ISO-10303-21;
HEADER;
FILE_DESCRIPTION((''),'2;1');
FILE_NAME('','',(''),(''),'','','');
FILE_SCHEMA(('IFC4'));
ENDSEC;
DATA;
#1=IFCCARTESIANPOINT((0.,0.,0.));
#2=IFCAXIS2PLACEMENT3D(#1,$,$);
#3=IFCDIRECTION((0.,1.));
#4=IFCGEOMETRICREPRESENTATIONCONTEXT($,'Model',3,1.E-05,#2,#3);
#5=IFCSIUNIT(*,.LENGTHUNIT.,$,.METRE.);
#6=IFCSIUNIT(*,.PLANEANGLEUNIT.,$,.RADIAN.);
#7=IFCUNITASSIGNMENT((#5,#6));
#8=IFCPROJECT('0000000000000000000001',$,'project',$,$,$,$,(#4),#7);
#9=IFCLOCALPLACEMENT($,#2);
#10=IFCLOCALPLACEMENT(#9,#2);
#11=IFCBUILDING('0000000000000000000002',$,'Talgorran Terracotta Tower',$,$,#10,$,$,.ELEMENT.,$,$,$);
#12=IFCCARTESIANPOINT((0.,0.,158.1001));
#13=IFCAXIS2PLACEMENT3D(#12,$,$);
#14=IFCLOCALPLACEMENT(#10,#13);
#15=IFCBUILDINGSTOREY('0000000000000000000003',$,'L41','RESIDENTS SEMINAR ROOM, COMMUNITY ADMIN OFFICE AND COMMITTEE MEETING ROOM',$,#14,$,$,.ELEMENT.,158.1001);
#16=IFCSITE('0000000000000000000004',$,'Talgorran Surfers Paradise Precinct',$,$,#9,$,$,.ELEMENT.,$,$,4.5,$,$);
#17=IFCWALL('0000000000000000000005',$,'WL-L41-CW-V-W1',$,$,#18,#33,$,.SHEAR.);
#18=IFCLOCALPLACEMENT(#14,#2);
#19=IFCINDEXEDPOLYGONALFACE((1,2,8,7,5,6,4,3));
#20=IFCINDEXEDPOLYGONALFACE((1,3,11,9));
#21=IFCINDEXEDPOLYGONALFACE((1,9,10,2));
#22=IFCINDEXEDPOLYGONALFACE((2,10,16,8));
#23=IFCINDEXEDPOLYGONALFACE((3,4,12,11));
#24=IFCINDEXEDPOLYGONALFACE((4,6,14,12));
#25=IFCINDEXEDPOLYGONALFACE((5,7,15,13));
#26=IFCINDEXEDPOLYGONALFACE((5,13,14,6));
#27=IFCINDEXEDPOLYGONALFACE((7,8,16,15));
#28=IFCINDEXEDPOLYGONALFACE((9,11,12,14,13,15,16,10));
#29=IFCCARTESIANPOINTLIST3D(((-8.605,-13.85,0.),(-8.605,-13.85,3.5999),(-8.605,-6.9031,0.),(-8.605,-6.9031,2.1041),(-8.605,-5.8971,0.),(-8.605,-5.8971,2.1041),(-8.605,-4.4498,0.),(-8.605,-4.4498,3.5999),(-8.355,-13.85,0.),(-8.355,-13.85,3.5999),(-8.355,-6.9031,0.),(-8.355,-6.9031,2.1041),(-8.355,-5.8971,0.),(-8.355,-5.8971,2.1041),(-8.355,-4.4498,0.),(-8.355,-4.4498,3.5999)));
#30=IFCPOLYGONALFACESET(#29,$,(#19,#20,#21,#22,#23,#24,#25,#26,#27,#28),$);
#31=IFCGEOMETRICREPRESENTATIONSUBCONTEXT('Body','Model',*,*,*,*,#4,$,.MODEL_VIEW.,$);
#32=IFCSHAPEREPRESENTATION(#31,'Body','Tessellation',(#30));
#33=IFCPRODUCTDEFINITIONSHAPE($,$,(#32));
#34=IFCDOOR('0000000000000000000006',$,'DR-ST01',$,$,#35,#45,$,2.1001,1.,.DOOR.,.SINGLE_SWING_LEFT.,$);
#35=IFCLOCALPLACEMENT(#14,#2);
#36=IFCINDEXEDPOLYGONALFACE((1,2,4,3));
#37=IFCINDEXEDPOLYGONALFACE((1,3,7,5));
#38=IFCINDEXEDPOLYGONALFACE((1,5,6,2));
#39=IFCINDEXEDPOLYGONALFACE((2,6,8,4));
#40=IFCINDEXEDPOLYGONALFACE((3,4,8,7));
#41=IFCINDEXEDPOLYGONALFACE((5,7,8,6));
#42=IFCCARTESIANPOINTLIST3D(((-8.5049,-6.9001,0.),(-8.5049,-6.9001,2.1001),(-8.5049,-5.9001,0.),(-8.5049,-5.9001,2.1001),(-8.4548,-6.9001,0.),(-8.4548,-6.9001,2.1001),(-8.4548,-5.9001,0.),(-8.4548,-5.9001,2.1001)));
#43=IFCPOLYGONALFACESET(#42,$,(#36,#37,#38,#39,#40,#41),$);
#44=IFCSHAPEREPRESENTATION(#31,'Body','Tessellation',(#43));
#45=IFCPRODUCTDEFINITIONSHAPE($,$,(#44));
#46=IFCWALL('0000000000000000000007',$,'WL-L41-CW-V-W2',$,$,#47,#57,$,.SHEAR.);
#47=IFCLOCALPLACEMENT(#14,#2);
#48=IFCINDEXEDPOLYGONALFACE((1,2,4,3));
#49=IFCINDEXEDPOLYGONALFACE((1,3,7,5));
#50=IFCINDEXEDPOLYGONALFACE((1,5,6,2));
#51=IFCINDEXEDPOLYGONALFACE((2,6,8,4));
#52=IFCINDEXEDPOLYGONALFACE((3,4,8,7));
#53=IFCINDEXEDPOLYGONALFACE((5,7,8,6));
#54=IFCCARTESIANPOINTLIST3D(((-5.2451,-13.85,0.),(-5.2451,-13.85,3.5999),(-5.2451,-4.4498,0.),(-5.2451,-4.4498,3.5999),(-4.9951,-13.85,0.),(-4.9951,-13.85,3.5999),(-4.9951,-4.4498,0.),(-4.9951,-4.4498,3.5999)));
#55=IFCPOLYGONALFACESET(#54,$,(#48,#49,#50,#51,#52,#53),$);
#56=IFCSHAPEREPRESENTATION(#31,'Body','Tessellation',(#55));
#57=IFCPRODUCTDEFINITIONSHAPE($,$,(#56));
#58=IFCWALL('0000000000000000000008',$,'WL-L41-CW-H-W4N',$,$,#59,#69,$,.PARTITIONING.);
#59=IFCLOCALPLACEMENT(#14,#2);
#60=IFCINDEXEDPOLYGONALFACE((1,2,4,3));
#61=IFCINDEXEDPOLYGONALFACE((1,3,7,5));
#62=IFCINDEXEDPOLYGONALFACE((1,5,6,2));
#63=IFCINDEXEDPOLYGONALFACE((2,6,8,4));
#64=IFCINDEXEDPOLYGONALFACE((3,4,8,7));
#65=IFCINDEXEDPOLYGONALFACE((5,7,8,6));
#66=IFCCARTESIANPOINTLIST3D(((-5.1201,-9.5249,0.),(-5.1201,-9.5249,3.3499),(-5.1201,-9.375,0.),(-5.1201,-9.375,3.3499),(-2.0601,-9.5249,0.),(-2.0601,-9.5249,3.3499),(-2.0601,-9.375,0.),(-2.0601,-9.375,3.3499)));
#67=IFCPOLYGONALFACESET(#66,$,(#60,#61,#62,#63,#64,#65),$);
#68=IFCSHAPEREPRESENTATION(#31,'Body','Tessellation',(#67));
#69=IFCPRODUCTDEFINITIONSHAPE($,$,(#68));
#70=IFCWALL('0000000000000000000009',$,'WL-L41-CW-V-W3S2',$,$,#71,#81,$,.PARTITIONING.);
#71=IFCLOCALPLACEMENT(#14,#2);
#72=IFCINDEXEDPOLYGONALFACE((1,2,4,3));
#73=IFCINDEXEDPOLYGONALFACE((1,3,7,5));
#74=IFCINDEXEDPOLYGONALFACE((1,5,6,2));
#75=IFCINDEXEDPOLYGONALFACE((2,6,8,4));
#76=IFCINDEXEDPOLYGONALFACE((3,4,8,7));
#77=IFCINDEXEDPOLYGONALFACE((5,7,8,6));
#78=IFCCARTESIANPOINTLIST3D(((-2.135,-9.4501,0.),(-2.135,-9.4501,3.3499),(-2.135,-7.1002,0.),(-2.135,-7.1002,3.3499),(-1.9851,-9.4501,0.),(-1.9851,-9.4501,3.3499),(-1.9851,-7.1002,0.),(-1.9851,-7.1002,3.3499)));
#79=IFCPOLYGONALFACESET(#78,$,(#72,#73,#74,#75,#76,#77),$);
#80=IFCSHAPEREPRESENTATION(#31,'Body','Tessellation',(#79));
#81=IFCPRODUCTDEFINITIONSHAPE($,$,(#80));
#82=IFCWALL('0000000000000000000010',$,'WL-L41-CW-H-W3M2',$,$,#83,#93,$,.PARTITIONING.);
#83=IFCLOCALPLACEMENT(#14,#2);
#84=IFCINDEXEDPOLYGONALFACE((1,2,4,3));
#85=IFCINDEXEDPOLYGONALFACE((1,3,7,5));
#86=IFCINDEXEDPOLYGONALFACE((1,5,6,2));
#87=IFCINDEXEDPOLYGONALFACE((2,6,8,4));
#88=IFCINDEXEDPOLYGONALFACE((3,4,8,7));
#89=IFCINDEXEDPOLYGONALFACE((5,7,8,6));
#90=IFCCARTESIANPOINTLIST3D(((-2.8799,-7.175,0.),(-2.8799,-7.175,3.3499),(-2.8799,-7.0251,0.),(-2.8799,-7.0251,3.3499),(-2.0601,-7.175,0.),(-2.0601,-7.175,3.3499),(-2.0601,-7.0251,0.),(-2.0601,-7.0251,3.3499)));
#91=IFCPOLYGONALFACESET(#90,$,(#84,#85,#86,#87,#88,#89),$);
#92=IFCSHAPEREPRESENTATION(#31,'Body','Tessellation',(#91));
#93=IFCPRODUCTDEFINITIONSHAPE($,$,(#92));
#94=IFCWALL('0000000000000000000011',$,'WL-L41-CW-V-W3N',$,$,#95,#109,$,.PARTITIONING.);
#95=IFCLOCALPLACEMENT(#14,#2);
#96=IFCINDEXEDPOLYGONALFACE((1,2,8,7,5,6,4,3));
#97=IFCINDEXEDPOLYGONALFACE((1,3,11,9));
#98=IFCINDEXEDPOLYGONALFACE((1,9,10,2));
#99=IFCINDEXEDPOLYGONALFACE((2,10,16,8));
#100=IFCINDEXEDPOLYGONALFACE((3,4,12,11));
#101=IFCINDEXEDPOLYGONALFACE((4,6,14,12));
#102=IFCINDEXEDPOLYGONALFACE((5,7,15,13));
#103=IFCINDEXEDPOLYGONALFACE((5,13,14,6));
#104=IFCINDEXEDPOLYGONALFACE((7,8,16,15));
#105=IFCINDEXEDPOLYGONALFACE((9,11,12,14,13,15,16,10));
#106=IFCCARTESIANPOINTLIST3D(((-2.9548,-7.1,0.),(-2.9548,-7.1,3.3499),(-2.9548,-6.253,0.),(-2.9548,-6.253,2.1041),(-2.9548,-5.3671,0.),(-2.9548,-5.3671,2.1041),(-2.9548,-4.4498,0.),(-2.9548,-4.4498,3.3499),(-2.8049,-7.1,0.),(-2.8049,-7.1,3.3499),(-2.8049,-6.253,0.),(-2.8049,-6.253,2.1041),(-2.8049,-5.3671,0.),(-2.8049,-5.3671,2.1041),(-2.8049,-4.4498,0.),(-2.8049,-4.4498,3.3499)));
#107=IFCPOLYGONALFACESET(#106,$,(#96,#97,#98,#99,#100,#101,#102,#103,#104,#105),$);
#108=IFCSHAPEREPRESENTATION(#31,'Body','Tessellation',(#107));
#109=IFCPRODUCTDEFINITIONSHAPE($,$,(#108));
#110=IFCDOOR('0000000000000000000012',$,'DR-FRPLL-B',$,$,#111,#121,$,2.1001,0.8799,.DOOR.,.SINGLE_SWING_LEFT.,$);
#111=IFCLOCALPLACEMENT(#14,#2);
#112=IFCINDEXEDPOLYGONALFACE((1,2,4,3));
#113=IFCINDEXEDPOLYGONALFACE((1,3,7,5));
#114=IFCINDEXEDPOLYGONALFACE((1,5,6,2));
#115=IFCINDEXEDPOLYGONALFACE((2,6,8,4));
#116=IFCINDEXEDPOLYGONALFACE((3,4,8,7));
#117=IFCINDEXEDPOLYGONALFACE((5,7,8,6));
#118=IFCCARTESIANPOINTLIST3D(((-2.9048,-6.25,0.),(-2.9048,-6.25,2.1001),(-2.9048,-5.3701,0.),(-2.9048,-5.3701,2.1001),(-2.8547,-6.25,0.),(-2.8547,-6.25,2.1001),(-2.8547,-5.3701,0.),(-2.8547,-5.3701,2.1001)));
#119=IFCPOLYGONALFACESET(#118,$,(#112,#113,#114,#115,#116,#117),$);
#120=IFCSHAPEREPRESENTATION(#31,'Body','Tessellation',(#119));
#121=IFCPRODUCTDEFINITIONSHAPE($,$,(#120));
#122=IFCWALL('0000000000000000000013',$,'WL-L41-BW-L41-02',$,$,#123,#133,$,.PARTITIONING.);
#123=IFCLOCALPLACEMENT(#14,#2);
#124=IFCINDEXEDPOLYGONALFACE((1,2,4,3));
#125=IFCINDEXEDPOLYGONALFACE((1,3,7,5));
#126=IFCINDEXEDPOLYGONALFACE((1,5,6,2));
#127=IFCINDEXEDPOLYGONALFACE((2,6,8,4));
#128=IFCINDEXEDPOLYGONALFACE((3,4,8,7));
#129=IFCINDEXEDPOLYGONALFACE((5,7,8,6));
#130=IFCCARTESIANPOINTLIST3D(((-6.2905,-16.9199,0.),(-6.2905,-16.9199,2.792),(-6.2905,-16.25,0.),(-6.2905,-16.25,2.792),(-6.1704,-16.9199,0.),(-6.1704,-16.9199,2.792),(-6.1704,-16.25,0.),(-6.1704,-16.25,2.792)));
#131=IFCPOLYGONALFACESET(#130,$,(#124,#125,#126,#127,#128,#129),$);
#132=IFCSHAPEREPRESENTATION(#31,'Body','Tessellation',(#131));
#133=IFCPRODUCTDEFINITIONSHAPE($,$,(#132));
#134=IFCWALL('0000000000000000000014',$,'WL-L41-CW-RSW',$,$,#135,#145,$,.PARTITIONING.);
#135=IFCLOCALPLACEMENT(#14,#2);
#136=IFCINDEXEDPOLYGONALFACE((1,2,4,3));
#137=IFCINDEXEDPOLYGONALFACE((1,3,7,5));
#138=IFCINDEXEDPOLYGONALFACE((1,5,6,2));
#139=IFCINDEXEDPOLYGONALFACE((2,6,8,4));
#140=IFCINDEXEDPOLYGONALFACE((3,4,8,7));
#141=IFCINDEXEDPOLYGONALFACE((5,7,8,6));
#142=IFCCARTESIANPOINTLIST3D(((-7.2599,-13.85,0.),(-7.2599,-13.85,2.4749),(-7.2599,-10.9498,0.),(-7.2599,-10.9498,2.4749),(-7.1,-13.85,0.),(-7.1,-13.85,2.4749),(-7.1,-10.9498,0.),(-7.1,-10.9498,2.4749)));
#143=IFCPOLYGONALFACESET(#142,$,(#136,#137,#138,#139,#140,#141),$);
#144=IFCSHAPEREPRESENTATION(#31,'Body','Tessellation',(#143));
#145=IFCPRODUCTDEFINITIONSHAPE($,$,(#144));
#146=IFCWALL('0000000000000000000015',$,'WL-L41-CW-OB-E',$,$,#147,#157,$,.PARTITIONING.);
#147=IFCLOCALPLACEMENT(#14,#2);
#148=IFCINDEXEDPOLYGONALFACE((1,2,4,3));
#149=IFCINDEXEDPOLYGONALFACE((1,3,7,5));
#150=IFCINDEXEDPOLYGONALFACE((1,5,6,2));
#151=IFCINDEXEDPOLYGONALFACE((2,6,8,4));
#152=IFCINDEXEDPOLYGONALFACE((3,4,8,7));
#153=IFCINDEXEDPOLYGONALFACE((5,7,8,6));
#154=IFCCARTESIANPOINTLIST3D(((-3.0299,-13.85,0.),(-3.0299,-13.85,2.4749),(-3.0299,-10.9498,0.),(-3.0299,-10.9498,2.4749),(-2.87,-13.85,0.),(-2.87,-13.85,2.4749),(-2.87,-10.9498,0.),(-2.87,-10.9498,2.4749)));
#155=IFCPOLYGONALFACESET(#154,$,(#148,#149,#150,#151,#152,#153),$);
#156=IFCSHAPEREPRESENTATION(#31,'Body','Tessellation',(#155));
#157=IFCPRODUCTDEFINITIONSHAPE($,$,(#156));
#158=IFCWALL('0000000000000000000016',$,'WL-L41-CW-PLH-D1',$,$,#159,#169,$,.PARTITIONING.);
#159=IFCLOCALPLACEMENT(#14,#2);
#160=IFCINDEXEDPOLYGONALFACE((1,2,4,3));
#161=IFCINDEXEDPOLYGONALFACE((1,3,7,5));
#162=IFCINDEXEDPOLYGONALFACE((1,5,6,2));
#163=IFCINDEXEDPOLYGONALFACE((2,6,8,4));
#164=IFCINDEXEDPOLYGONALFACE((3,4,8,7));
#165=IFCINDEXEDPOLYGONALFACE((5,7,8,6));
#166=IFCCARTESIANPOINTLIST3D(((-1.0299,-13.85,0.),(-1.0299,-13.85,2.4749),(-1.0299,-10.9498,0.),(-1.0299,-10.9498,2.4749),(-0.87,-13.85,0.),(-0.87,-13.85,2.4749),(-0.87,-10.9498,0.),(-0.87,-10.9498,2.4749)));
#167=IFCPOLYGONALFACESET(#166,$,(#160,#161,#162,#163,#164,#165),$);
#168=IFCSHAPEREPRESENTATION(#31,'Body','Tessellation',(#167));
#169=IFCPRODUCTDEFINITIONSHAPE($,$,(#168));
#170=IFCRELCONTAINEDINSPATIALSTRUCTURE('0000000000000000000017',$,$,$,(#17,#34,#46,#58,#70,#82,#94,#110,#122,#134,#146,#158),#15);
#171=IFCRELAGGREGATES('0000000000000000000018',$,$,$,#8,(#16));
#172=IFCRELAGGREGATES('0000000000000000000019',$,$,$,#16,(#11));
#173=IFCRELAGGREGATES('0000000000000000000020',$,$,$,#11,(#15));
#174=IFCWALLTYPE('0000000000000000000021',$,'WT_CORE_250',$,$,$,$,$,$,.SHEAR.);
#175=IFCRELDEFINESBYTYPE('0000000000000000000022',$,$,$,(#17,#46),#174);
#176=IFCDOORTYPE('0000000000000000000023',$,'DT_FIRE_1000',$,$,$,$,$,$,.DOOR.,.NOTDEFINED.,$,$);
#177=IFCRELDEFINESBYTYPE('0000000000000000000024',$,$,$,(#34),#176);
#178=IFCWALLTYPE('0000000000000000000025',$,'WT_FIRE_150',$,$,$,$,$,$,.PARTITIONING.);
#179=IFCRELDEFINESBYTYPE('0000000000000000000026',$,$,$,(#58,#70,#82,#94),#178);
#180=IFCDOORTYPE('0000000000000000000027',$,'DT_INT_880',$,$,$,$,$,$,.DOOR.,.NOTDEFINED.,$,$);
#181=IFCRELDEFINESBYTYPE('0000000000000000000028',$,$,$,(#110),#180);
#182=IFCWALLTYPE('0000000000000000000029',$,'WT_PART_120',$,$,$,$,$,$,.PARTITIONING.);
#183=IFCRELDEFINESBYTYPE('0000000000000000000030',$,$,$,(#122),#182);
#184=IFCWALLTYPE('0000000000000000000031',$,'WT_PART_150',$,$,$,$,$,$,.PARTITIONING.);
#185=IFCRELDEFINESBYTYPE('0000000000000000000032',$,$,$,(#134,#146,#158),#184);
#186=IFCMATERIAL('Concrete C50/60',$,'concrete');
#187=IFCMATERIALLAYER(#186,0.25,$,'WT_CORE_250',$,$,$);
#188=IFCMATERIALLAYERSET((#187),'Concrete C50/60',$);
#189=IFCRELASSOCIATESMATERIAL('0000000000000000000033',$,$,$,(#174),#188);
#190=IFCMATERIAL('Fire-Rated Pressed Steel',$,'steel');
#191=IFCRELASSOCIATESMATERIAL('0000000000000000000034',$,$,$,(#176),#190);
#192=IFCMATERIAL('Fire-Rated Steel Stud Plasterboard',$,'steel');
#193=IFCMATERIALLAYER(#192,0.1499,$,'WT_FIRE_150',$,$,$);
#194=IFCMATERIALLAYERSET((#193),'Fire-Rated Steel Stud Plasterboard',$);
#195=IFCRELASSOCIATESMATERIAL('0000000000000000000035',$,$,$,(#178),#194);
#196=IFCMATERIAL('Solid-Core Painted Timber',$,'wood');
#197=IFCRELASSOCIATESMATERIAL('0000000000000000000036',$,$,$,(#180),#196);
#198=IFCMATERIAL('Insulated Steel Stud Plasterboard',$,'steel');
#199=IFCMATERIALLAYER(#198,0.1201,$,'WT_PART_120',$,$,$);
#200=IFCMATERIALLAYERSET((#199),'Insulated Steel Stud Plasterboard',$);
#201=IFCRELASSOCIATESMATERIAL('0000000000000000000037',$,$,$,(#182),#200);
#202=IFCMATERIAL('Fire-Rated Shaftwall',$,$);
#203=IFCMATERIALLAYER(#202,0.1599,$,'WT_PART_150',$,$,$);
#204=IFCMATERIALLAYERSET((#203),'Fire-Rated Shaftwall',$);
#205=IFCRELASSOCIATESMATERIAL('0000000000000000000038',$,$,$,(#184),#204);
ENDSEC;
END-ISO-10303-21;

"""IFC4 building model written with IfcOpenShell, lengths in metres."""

from ifc_helpers import new_model, si_unit, direction, frame, frame_2d, origin, place, context, subcontext, project, spatial, rectangle, extrude, material, layer, layer_set, type_object, element, fill, save


model = new_model("IFC4")

# Units and contexts
model_context = context("Model", 3, precision=1e-05, world=origin(), true_north=direction((0.0, 1.0)))
body_context = subcontext(model_context, "Body", "Model", "MODEL_VIEW")
ifc_project = project(units=[si_unit("LENGTHUNIT", "METRE"), si_unit("PLANEANGLEUNIT", "RADIAN")], contexts=[model_context])

# Site, building, storey
site_placement = place(None, origin())
site = spatial("IfcSite", under=ifc_project, at=site_placement, Name="Talgorran Surfers Paradise Precinct", CompositionType="ELEMENT", RefElevation=4.5)
building_placement = place(site_placement, origin())
building = spatial("IfcBuilding", under=site, at=building_placement, Name="Talgorran Terracotta Tower", CompositionType="ELEMENT")
storey_placement = place(building_placement, frame((0.0, 0.0, 158.1001)))
storey = spatial("IfcBuildingStorey", under=building, at=storey_placement, Name="L41", Description="RESIDENTS SEMINAR ROOM, COMMUNITY ADMIN OFFICE AND COMMITTEE MEETING ROOM", CompositionType="ELEMENT", Elevation=158.1001)

# Shared definitions
ifc_material_1 = material(Name="Concrete C50/60", Category="concrete")

# Shared definitions
ifc_material_2 = material(Name="Fire-Rated Pressed Steel", Category="steel")

# Wall, opening, door
ifc_layer_1 = layer(ifc_material_1, 0.25, Name="WT_CORE_250")
ifc_layer_set_1 = layer_set([ifc_layer_1], Name="Concrete C50/60")
wall_type_1 = type_object("IfcWallType", Name="WT_CORE_250", PredefinedType="SHEAR", material=ifc_layer_set_1)
wall_1_placement = place(storey_placement, frame((-8.48, -13.8501, 0.0), z_axis=(0.0, 0.0, 1.0), x_axis=(0.0, 1.0, 0.0)))
wall_1 = element("IfcWall", 1, at=wall_1_placement, inside=storey, type_object=wall_type_1, Name="WL-L41-CW-V-W1", PredefinedType="SHEAR", context=body_context, shape_type="SweptSolid", body=[
    extrude(rectangle(XDim=9.4001, YDim=0.25, at=frame_2d((4.7002, 0.0))), origin(), (0.0, 0.0, 1.0), 3.5999),
])
opening_1_placement = place(wall_1_placement, frame((6.95, 0.0, 0.0)))
opening_1 = element("IfcOpeningElement", 2, at=opening_1_placement, cuts=wall_1, PredefinedType="OPENING", context=body_context, shape_type="SweptSolid", body=[
    extrude(rectangle(XDim=1.006, YDim=2.1041, at=frame_2d((0.5, 1.052))), frame((0.0, 0.135, 0.0), z_axis=(0.0, -1.0, 0.0), x_axis=(1.0, 0.0, 0.0)), (0.0, 0.0, 1.0), 0.27),
])
door_type_1 = type_object("IfcDoorType", Name="DT_FIRE_1000", OperationType="NOTDEFINED", PredefinedType="DOOR", material=ifc_material_2)
door_1_placement = place(opening_1_placement, origin())
door_1 = element("IfcDoor", 3, at=door_1_placement, inside=storey, type_object=door_type_1, Name="DR-ST01", OperationType="SINGLE_SWING_LEFT", OverallHeight=2.1001, OverallWidth=1.0, PredefinedType="DOOR", context=body_context, shape_type="SweptSolid", body=[
    extrude(rectangle(XDim=1.0, YDim=2.1001, at=frame_2d((0.5, 1.05))), frame((0.0, 0.0249, 0.0), z_axis=(0.0, -1.0, 0.0), x_axis=(1.0, 0.0, 0.0)), (0.0, 0.0, 1.0), 0.05),
])
fill(opening_1, door_1)

# Walls
wall_2_placement = place(storey_placement, frame((-5.1201, -13.8501, 0.0), z_axis=(0.0, 0.0, 1.0), x_axis=(0.0, 1.0, 0.0)))
element("IfcWall", 4, at=wall_2_placement, inside=storey, type_object=wall_type_1, Name="WL-L41-CW-V-W2", PredefinedType="SHEAR", context=body_context, shape_type="SweptSolid", body=[
    extrude(rectangle(XDim=9.4001, YDim=0.25, at=frame_2d((4.7002, 0.0))), origin(), (0.0, 0.0, 1.0), 3.5999),
])
ifc_material_3 = material(Name="Fire-Rated Steel Stud Plasterboard", Category="steel")
ifc_layer_2 = layer(ifc_material_3, 0.1499, Name="WT_FIRE_150")
ifc_layer_set_2 = layer_set([ifc_layer_2], Name="Fire-Rated Steel Stud Plasterboard")
wall_type_2 = type_object("IfcWallType", Name="WT_FIRE_150", PredefinedType="PARTITIONING", material=ifc_layer_set_2)
wall_3_placement = place(storey_placement, frame((-5.1201, -9.45, 0.0), z_axis=(0.0, 0.0, 1.0), x_axis=(1.0, 0.0, 0.0)))
element("IfcWall", 5, at=wall_3_placement, inside=storey, type_object=wall_type_2, Name="WL-L41-CW-H-W4N", PredefinedType="PARTITIONING", context=body_context, shape_type="SweptSolid", body=[
    extrude(rectangle(XDim=3.0601, YDim=0.1499, at=frame_2d((1.53, 0.0))), origin(), (0.0, 0.0, 1.0), 3.3499),
])
wall_4_placement = place(storey_placement, frame((-2.0601, -9.45, 0.0), z_axis=(0.0, 0.0, 1.0), x_axis=(0.0, 1.0, 0.0)))
element("IfcWall", 6, at=wall_4_placement, inside=storey, type_object=wall_type_2, Name="WL-L41-CW-V-W3S2", PredefinedType="PARTITIONING", context=body_context, shape_type="SweptSolid", body=[
    extrude(rectangle(XDim=2.3499, YDim=0.1499, at=frame_2d((1.1748, 0.0))), origin(), (0.0, 0.0, 1.0), 3.3499),
])
wall_5_placement = place(storey_placement, frame((-2.8799, -7.1001, 0.0), z_axis=(0.0, 0.0, 1.0), x_axis=(1.0, 0.0, 0.0)))
element("IfcWall", 7, at=wall_5_placement, inside=storey, type_object=wall_type_2, Name="WL-L41-CW-H-W3M2", PredefinedType="PARTITIONING", context=body_context, shape_type="SweptSolid", body=[
    extrude(rectangle(XDim=0.8198, YDim=0.1499, at=frame_2d((0.4099, 0.0))), origin(), (0.0, 0.0, 1.0), 3.3499),
])

# Wall, opening, door
wall_6_placement = place(storey_placement, frame((-2.8799, -7.1001, 0.0), z_axis=(0.0, 0.0, 1.0), x_axis=(0.0, 1.0, 0.0)))
wall_6 = element("IfcWall", 8, at=wall_6_placement, inside=storey, type_object=wall_type_2, Name="WL-L41-CW-V-W3N", PredefinedType="PARTITIONING", context=body_context, shape_type="SweptSolid", body=[
    extrude(rectangle(XDim=2.6501, YDim=0.1499, at=frame_2d((1.3252, 0.0))), origin(), (0.0, 0.0, 1.0), 3.3499),
])
opening_2_placement = place(wall_6_placement, frame((0.8501, 0.0, 0.0)))
opening_2 = element("IfcOpeningElement", 9, at=opening_2_placement, cuts=wall_6, PredefinedType="OPENING", context=body_context, shape_type="SweptSolid", body=[
    extrude(rectangle(XDim=0.8859, YDim=2.1041, at=frame_2d((0.4399, 1.052))), frame((0.0, 0.085, 0.0), z_axis=(0.0, -1.0, 0.0), x_axis=(1.0, 0.0, 0.0)), (0.0, 0.0, 1.0), 0.1699),
])
ifc_material_4 = material(Name="Solid-Core Painted Timber", Category="wood")
door_type_2 = type_object("IfcDoorType", Name="DT_INT_880", OperationType="NOTDEFINED", PredefinedType="DOOR", material=ifc_material_4)
door_2_placement = place(opening_2_placement, origin())
door_2 = element("IfcDoor", 10, at=door_2_placement, inside=storey, type_object=door_type_2, Name="DR-FRPLL-B", OperationType="SINGLE_SWING_LEFT", OverallHeight=2.1001, OverallWidth=0.8799, PredefinedType="DOOR", context=body_context, shape_type="SweptSolid", body=[
    extrude(rectangle(XDim=0.8799, YDim=2.1001, at=frame_2d((0.4399, 1.05))), frame((0.0, 0.0249, 0.0), z_axis=(0.0, -1.0, 0.0), x_axis=(1.0, 0.0, 0.0)), (0.0, 0.0, 1.0), 0.05),
])
fill(opening_2, door_2)

# Walls
ifc_material_5 = material(Name="Insulated Steel Stud Plasterboard", Category="steel")
ifc_layer_3 = layer(ifc_material_5, 0.1201, Name="WT_PART_120")
ifc_layer_set_3 = layer_set([ifc_layer_3], Name="Insulated Steel Stud Plasterboard")
wall_type_3 = type_object("IfcWallType", Name="WT_PART_120", PredefinedType="PARTITIONING", material=ifc_layer_set_3)
wall_7_placement = place(storey_placement, frame((-6.2305, -16.25, 0.0), z_axis=(0.0, 0.0, 1.0), x_axis=(0.0, -1.0, 0.0)))
element("IfcWall", 11, at=wall_7_placement, inside=storey, type_object=wall_type_3, Name="WL-L41-BW-L41-02", PredefinedType="PARTITIONING", context=body_context, shape_type="SweptSolid", body=[
    extrude(rectangle(XDim=0.6699, YDim=0.1201, at=frame_2d((0.335, 0.0))), origin(), (0.0, 0.0, 1.0), 2.792),
])
ifc_material_6 = material(Name="Fire-Rated Shaftwall")
ifc_layer_4 = layer(ifc_material_6, 0.1599, Name="WT_PART_150")
ifc_layer_set_4 = layer_set([ifc_layer_4], Name="Fire-Rated Shaftwall")
wall_type_4 = type_object("IfcWallType", Name="WT_PART_150", PredefinedType="PARTITIONING", material=ifc_layer_set_4)
for number, where, z_axis, x_axis, name in (
    (12, (-7.1799, -13.8501, 0.0), (0.0, 0.0, 1.0), (0.0, 1.0, 0.0), "WL-L41-CW-RSW"),
    (13, (-2.95, -13.8501, 0.0), (0.0, 0.0, 1.0), (0.0, 1.0, 0.0), "WL-L41-CW-OB-E"),
    (14, (-0.95, -13.8501, 0.0), (0.0, 0.0, 1.0), (0.0, 1.0, 0.0), "WL-L41-CW-PLH-D1"),
):
    element("IfcWall", number, at=place(storey_placement, frame(where, z_axis=z_axis, x_axis=x_axis)), inside=storey, type_object=wall_type_4, Name=name, PredefinedType="PARTITIONING", context=body_context, shape_type="SweptSolid", body=[
        extrude(rectangle(XDim=2.9001, YDim=0.1599, at=frame_2d((1.4502, 0.0))), origin(), (0.0, 0.0, 1.0), 2.4749),
    ])

save(model, "model.ifc")
